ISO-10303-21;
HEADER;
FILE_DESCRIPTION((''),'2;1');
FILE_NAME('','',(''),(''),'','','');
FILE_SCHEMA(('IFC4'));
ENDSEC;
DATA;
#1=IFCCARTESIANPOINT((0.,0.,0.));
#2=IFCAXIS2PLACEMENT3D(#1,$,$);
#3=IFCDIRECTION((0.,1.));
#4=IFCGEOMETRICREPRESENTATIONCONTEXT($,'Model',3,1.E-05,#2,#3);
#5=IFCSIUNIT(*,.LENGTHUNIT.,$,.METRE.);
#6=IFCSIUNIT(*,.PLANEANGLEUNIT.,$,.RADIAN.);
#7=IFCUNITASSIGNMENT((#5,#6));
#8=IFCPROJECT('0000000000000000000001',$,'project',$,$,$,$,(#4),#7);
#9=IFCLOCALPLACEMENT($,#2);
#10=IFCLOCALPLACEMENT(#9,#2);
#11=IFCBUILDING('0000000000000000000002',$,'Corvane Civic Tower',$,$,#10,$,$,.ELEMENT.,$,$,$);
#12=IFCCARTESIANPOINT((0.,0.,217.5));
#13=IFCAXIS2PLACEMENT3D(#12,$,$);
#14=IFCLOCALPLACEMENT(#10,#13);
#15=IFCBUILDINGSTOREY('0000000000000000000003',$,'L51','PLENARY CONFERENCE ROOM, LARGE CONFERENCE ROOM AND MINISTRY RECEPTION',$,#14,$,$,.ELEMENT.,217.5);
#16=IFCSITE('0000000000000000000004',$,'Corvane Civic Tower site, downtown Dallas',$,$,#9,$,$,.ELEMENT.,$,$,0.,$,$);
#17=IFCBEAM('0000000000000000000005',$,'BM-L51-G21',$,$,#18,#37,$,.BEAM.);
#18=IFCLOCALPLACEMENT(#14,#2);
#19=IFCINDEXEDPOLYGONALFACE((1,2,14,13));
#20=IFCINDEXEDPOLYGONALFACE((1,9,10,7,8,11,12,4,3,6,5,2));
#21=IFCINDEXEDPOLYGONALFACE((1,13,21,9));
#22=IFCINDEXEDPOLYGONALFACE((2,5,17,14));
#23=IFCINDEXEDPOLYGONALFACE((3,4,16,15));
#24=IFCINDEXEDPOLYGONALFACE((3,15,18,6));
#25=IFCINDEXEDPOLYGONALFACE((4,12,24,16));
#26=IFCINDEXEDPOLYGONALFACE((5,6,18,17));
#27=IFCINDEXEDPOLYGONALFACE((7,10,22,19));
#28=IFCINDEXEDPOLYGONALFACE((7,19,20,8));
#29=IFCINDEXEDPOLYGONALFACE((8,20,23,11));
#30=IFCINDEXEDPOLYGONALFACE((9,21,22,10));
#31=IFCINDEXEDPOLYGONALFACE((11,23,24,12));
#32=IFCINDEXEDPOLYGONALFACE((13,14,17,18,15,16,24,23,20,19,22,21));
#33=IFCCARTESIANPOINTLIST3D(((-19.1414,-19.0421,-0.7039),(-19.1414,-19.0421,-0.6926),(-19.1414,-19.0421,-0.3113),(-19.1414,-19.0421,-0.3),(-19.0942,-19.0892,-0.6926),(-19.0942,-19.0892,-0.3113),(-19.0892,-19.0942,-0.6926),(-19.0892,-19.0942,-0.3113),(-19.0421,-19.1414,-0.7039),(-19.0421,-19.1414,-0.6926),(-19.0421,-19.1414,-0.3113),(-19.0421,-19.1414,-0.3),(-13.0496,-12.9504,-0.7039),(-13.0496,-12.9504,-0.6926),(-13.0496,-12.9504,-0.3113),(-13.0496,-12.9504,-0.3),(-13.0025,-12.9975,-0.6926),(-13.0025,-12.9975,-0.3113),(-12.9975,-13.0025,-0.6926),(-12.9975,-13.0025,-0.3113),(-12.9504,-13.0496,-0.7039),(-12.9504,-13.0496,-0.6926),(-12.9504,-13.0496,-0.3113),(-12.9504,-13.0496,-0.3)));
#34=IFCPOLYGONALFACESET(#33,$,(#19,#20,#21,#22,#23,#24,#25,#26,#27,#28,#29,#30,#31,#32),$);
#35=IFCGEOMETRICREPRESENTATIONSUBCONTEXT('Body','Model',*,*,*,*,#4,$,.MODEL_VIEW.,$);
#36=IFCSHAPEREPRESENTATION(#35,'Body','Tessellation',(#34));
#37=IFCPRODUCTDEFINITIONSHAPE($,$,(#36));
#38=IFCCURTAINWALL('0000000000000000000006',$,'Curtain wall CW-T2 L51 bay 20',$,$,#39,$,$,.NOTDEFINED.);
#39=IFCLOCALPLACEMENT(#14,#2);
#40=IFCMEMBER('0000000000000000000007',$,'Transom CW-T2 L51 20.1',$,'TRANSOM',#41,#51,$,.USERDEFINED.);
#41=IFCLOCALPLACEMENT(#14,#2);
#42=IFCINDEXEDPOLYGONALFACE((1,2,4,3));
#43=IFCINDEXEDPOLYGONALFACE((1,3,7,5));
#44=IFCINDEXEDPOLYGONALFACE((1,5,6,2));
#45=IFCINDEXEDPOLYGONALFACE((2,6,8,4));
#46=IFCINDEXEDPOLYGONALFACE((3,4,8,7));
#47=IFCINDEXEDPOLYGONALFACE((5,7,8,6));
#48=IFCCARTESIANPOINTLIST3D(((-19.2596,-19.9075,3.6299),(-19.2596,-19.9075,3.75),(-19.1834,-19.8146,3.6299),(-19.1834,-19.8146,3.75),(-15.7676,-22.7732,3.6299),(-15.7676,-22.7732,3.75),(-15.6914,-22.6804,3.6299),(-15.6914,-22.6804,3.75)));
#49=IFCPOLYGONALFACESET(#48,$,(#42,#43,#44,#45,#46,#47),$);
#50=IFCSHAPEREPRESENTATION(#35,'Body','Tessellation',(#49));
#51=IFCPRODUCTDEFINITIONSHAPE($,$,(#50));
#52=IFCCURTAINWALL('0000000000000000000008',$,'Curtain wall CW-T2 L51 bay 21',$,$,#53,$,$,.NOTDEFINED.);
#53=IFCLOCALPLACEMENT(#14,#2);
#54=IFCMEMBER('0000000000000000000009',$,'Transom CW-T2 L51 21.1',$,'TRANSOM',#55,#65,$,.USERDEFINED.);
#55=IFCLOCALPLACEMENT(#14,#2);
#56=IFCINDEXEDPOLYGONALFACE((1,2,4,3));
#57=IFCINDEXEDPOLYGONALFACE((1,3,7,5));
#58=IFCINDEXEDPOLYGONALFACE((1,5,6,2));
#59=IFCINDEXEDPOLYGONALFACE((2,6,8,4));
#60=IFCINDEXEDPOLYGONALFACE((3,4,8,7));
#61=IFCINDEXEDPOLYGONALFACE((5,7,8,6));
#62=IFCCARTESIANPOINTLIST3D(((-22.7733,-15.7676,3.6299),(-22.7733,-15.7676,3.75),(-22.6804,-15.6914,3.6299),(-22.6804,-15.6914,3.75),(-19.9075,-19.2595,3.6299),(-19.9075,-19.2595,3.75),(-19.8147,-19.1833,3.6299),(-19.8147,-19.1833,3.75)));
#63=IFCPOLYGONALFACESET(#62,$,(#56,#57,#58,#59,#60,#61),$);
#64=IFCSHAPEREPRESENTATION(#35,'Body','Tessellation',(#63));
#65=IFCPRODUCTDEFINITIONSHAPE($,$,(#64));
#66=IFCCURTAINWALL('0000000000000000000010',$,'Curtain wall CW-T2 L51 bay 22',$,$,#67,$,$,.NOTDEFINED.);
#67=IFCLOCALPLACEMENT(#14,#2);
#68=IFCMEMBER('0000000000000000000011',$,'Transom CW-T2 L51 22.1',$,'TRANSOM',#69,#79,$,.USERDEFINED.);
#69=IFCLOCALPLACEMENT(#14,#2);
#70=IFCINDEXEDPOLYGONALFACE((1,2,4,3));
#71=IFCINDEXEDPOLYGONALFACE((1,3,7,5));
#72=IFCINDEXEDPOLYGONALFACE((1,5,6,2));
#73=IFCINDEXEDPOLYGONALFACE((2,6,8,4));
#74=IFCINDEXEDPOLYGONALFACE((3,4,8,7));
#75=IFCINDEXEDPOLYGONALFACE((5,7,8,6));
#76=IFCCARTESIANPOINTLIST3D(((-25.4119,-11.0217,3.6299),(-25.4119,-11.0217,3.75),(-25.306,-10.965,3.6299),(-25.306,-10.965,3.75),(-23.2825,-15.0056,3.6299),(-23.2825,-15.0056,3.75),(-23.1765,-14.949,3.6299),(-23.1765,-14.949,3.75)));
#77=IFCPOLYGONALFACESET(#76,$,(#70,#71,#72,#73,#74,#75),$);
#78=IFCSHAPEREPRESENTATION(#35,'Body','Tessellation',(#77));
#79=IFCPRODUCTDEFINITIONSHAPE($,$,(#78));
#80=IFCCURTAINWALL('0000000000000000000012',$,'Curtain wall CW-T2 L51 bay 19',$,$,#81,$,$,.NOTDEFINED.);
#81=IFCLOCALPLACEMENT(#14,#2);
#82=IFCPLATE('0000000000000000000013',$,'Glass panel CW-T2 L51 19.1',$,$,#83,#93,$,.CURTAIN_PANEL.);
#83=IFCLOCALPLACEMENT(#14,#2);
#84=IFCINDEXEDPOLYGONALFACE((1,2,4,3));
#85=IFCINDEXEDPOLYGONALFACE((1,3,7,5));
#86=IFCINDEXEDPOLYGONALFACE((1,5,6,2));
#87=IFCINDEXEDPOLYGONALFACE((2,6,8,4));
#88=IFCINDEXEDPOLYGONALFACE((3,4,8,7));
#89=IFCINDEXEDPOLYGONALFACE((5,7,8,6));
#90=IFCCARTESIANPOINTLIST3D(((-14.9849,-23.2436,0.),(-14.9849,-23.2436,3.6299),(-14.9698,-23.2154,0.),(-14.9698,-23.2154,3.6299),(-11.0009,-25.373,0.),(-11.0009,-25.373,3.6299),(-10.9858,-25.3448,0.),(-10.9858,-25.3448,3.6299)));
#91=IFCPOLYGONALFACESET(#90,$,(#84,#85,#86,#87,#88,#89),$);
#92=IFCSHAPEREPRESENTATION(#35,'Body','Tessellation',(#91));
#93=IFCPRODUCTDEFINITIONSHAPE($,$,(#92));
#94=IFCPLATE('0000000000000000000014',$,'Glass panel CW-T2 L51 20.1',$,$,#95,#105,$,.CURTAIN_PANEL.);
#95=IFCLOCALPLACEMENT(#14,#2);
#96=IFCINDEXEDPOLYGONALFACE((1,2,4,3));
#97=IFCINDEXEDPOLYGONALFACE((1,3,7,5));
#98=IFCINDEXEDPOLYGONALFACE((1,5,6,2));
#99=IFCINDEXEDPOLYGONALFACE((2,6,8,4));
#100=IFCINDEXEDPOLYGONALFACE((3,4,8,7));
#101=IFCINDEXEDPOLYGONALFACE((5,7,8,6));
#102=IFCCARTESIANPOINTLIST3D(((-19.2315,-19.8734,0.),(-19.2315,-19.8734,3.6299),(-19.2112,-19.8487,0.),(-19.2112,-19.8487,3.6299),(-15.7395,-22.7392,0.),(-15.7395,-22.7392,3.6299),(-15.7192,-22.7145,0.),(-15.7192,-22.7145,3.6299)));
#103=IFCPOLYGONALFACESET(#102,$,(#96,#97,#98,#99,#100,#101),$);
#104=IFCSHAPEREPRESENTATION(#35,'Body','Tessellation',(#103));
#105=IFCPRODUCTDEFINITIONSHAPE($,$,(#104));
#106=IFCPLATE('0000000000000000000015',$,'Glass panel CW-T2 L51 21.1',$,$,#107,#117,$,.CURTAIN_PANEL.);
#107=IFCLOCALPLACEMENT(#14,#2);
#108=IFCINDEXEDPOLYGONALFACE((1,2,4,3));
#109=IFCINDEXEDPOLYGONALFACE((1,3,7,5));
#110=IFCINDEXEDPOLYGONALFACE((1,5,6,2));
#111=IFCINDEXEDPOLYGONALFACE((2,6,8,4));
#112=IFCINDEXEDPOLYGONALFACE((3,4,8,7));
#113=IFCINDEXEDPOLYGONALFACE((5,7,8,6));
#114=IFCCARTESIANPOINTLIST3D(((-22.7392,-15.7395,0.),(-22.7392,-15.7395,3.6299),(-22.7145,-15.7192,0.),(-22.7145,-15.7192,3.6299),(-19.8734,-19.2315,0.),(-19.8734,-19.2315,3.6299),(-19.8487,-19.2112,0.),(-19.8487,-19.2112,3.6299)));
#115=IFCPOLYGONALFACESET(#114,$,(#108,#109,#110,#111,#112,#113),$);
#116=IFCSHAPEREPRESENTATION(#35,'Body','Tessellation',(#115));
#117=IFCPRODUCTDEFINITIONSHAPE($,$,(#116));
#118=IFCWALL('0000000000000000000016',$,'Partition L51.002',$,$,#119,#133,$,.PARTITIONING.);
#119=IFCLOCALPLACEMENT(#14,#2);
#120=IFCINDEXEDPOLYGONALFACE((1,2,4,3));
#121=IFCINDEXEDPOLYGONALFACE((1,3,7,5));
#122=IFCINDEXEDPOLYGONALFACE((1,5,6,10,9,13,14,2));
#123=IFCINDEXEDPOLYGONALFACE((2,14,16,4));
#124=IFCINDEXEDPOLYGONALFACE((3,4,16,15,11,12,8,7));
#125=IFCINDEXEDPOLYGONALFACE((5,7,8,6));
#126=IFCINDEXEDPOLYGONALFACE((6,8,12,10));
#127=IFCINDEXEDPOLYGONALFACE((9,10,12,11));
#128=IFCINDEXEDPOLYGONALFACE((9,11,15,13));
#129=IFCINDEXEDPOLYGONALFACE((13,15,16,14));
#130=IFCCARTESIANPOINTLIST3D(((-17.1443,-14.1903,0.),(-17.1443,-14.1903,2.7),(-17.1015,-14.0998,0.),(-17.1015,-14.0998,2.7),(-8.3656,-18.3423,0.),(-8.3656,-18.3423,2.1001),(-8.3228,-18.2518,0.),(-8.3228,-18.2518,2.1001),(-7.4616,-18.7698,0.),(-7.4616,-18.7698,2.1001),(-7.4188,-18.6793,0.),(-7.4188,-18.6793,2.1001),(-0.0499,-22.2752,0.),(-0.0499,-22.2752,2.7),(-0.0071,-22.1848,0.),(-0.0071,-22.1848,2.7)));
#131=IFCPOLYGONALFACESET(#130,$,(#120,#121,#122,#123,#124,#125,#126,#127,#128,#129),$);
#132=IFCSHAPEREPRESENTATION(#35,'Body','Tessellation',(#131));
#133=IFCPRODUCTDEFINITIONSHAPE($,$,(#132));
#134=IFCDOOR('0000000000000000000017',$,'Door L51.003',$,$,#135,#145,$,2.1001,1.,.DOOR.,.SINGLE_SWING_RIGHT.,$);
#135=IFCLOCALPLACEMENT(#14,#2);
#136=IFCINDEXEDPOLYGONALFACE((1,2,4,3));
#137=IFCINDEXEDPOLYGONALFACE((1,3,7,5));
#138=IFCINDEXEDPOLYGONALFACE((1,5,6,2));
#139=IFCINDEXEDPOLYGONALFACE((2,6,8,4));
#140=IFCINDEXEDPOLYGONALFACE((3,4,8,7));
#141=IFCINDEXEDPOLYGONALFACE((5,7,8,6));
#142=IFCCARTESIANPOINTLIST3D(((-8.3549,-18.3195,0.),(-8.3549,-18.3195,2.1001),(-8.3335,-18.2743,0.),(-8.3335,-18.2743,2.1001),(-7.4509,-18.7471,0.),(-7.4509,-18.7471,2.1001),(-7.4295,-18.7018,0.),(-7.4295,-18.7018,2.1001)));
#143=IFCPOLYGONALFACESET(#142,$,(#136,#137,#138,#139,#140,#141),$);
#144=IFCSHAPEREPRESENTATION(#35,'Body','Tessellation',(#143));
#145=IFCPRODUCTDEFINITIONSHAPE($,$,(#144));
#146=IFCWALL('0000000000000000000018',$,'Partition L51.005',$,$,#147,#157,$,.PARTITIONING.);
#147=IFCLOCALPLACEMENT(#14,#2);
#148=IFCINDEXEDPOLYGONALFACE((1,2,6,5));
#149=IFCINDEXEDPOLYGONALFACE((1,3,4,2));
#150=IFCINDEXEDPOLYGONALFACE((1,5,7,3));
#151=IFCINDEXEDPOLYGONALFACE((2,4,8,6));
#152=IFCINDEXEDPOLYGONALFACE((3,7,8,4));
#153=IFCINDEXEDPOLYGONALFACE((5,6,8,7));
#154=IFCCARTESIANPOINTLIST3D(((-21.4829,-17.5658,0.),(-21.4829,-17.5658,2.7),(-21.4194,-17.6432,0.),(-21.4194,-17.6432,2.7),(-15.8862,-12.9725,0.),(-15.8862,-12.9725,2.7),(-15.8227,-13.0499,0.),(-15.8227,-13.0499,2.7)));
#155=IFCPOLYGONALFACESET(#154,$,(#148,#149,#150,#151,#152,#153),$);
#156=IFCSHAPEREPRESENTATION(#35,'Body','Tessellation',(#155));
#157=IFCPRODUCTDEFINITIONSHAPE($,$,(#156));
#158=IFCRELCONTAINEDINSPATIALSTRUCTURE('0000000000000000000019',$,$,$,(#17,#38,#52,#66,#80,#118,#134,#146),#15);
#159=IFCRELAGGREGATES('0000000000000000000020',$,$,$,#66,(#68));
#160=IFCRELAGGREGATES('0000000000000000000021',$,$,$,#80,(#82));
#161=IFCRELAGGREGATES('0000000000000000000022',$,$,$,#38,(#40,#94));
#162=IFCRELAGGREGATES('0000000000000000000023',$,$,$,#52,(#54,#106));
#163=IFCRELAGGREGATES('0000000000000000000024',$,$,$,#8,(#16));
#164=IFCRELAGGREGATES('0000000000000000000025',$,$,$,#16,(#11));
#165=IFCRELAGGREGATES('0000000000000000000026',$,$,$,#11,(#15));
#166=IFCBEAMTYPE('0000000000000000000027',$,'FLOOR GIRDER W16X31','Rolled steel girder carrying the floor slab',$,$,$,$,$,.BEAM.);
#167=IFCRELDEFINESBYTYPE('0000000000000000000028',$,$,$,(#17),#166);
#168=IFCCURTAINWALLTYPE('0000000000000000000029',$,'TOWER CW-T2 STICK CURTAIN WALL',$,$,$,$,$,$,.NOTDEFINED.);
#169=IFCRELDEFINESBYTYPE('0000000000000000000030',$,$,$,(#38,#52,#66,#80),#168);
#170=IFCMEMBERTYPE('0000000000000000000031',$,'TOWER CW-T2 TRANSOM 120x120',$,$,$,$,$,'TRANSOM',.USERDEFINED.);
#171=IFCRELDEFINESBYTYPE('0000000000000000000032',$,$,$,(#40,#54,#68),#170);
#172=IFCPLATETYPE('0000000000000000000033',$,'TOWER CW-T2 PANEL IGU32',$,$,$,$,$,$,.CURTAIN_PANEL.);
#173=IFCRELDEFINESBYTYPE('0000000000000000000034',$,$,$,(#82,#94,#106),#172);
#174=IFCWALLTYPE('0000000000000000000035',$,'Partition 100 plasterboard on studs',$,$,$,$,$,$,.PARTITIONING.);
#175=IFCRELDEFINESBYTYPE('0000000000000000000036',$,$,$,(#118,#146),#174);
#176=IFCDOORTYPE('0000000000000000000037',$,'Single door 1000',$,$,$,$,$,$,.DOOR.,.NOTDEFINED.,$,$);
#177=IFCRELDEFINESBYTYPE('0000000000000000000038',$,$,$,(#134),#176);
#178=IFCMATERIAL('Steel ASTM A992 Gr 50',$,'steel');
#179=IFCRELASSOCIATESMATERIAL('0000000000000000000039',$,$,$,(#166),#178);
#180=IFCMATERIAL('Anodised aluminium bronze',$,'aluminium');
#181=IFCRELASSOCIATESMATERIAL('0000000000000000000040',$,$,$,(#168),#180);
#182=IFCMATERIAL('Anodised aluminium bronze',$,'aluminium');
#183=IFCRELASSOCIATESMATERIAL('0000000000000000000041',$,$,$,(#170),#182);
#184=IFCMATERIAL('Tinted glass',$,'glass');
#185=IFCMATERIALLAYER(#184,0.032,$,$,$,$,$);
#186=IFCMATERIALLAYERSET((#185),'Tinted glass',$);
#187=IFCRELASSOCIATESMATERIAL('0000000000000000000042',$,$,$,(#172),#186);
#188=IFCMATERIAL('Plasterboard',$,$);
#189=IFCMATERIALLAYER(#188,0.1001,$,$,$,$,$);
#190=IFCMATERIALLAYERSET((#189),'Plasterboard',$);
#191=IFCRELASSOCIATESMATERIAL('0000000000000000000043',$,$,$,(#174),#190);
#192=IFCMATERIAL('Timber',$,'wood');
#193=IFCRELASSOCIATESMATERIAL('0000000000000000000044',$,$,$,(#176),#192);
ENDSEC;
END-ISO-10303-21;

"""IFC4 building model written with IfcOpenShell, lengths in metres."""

from ifc_helpers import new_model, si_unit, direction, frame, frame_2d, origin, origin_2d, place, context, subcontext, project, spatial, rectangle, i_section, extrude, material, layer, layer_set, material_profile, profile_set, type_object, element, fill, aggregate, save


model = new_model("IFC4")

# Units and contexts
model_context = context("Model", 3, precision=1e-05, world=origin(), true_north=direction((0.0, 1.0)))
body_context = subcontext(model_context, "Body", "Model", "MODEL_VIEW")
ifc_project = project(units=[si_unit("LENGTHUNIT", "METRE"), si_unit("PLANEANGLEUNIT", "RADIAN")], contexts=[model_context])

# Site, building, storey
site_placement = place(None, origin())
site = spatial("IfcSite", under=ifc_project, at=site_placement, Name="Corvane Civic Tower site, downtown Dallas", CompositionType="ELEMENT", RefElevation=0.0)
building_placement = place(site_placement, origin())
building = spatial("IfcBuilding", under=site, at=building_placement, Name="Corvane Civic Tower", CompositionType="ELEMENT")
storey_placement = place(building_placement, frame((0.0, 0.0, 217.5)))
storey = spatial("IfcBuildingStorey", under=building, at=storey_placement, Name="L51", Description="PLENARY CONFERENCE ROOM, LARGE CONFERENCE ROOM AND MINISTRY RECEPTION", CompositionType="ELEMENT", Elevation=217.5)

# Beam
ifc_material_1 = material(Name="Steel ASTM A992 Gr 50", Category="steel")
ifc_material_profile_1 = material_profile(ifc_material_1, i_section(OverallWidth=0.1404, OverallDepth=0.4038, WebThickness=0.0071, FlangeThickness=0.0112, at=origin_2d()), Name="W16X31")
ifc_profile_set_1 = profile_set([ifc_material_profile_1], Name="Steel ASTM A992 Gr 50")
beam_type_1 = type_object("IfcBeamType", Name="FLOOR GIRDER W16X31", Description="Rolled steel girder carrying the floor slab", PredefinedType="BEAM", material=ifc_profile_set_1)
beam_placement = place(storey_placement, frame((-13.0, -13.0, -0.502), z_axis=(-0.707107, -0.707107, 0.0), x_axis=(0.707107, -0.707107, 0.0)))
element("IfcBeam", 1, at=beam_placement, inside=storey, type_object=beam_type_1, Name="BM-L51-G21", PredefinedType="BEAM", context=body_context, shape_type="SweptSolid", body=[
    extrude(i_section(OverallWidth=0.1404, OverallDepth=0.4038, WebThickness=0.0071, FlangeThickness=0.0112, at=origin_2d()), origin(), (0.0, 0.0, 1.0), 8.615),
])

# Curtain walls, members
ifc_material_2 = material(Name="Anodised aluminium bronze", Category="aluminium")
curtain_wall_type = type_object("IfcCurtainWallType", Name="TOWER CW-T2 STICK CURTAIN WALL", PredefinedType="NOTDEFINED", material=ifc_material_2)
curtain_wall_1_placement = place(storey_placement, origin())
curtain_wall_1 = element("IfcCurtainWall", 2, at=curtain_wall_1_placement, inside=storey, type_object=curtain_wall_type, Name="Curtain wall CW-T2 L51 bay 20", PredefinedType="NOTDEFINED")
ifc_material_3 = material(Name="Anodised aluminium bronze", Category="aluminium")
ifc_material_profile_2 = material_profile(ifc_material_3, rectangle(XDim=0.1201, YDim=0.1201, at=origin_2d()), Name="TOWER CW-T2 TRANSOM 120x120")
ifc_profile_set_2 = profile_set([ifc_material_profile_2], Name="Anodised aluminium bronze")
member_type = type_object("IfcMemberType", Name="TOWER CW-T2 TRANSOM 120x120", ElementType="TRANSOM", PredefinedType="USERDEFINED", material=ifc_profile_set_2)
member_1_placement = place(storey_placement, frame((-15.7295, -22.7268, 3.6899), z_axis=(-0.773015, 0.634388, 0.0), x_axis=(-0.634388, -0.773015, 0.0)))
member_1 = element("IfcMember", 3, at=member_1_placement, type_object=member_type, Name="Transom CW-T2 L51 20.1", ObjectType="TRANSOM", PredefinedType="USERDEFINED", context=body_context, shape_type="SweptSolid", body=[
    extrude(rectangle(XDim=0.1201, YDim=0.1201, at=origin_2d()), origin(), (0.0, 0.0, 1.0), 4.5173),
])
curtain_wall_2_placement = place(storey_placement, origin())
curtain_wall_2 = element("IfcCurtainWall", 4, at=curtain_wall_2_placement, inside=storey, type_object=curtain_wall_type, Name="Curtain wall CW-T2 L51 bay 21", PredefinedType="NOTDEFINED")
member_2_placement = place(storey_placement, frame((-19.8611, -19.2214, 3.6899), z_axis=(-0.634388, 0.773015, 0.0), x_axis=(-0.773015, -0.634388, 0.0)))
member_2 = element("IfcMember", 5, at=member_2_placement, type_object=member_type, Name="Transom CW-T2 L51 21.1", ObjectType="TRANSOM", PredefinedType="USERDEFINED", context=body_context, shape_type="SweptSolid", body=[
    extrude(rectangle(XDim=0.1201, YDim=0.1201, at=origin_2d()), origin(), (0.0, 0.0, 1.0), 4.5173),
])
curtain_wall_3_placement = place(storey_placement, origin())
curtain_wall_3 = element("IfcCurtainWall", 6, at=curtain_wall_3_placement, inside=storey, type_object=curtain_wall_type, Name="Curtain wall CW-T2 L51 bay 22", PredefinedType="NOTDEFINED")
member_3_placement = place(storey_placement, frame((-23.2295, -14.9773, 3.6899), z_axis=(-0.47139, 0.881925, 0.0), x_axis=(-0.881925, -0.47139, 0.0)))
member_3 = element("IfcMember", 7, at=member_3_placement, type_object=member_type, Name="Transom CW-T2 L51 22.1", ObjectType="TRANSOM", PredefinedType="USERDEFINED", context=body_context, shape_type="SweptSolid", body=[
    extrude(rectangle(XDim=0.1201, YDim=0.1201, at=origin_2d()), origin(), (0.0, 0.0, 1.0), 4.5173),
])
aggregate(curtain_wall_3, [member_3])

# Curtain wall, plate
curtain_wall_4_placement = place(storey_placement, origin())
curtain_wall_4 = element("IfcCurtainWall", 8, at=curtain_wall_4_placement, inside=storey, type_object=curtain_wall_type, Name="Curtain wall CW-T2 L51 bay 19", PredefinedType="NOTDEFINED")
ifc_material_4 = material(Name="Tinted glass", Category="glass")
ifc_layer_1 = layer(ifc_material_4, 0.032)
ifc_layer_set_1 = layer_set([ifc_layer_1], Name="Tinted glass")
plate_type = type_object("IfcPlateType", Name="TOWER CW-T2 PANEL IGU32", PredefinedType="CURTAIN_PANEL", material=ifc_layer_set_1)
plate_1_placement = place(storey_placement, frame((-12.9854, -24.2942, 0.0), z_axis=(0.0, 0.0, 1.0), x_axis=(-0.88192, 0.471398, 0.0)))
plate_1 = element("IfcPlate", 9, at=plate_1_placement, type_object=plate_type, Name="Glass panel CW-T2 L51 19.1", PredefinedType="CURTAIN_PANEL", context=body_context, shape_type="SweptSolid", body=[
    extrude(rectangle(XDim=4.5173, YDim=0.032, at=origin_2d()), origin(), (0.0, 0.0, 1.0), 3.6299),
])
aggregate(curtain_wall_4, [plate_1])

# Plates
plate_2_placement = place(storey_placement, frame((-17.4753, -21.2939, 0.0), z_axis=(0.0, 0.0, 1.0), x_axis=(-0.773012, 0.634391, 0.0)))
plate_2 = element("IfcPlate", 10, at=plate_2_placement, type_object=plate_type, Name="Glass panel CW-T2 L51 20.1", PredefinedType="CURTAIN_PANEL", context=body_context, shape_type="SweptSolid", body=[
    extrude(rectangle(XDim=4.5173, YDim=0.032, at=origin_2d()), origin(), (0.0, 0.0, 1.0), 3.6299),
])
aggregate(curtain_wall_1, [member_1, plate_2])
plate_3_placement = place(storey_placement, frame((-21.2939, -17.4753, 0.0), z_axis=(0.0, 0.0, 1.0), x_axis=(-0.634391, 0.773012, 0.0)))
plate_3 = element("IfcPlate", 11, at=plate_3_placement, type_object=plate_type, Name="Glass panel CW-T2 L51 21.1", PredefinedType="CURTAIN_PANEL", context=body_context, shape_type="SweptSolid", body=[
    extrude(rectangle(XDim=4.5173, YDim=0.032, at=origin_2d()), origin(), (0.0, 0.0, 1.0), 3.6299),
])
aggregate(curtain_wall_2, [member_2, plate_3])

# Wall, opening, door
ifc_material_5 = material(Name="Plasterboard")
ifc_layer_2 = layer(ifc_material_5, 0.1001)
ifc_layer_set_2 = layer_set([ifc_layer_2], Name="Plasterboard")
wall_type_1 = type_object("IfcWallType", Name="Partition 100 plasterboard on studs", PredefinedType="PARTITIONING", material=ifc_layer_set_2)
wall_1_placement = place(storey_placement, frame((-17.123, -14.145, 0.0), z_axis=(0.0, 0.0, 1.0), x_axis=(0.903992, -0.42755, 0.0)))
wall_1 = element("IfcWall", 12, at=wall_1_placement, inside=storey, type_object=wall_type_1, Name="Partition L51.002", PredefinedType="PARTITIONING", context=body_context, shape_type="SweptSolid", body=[
    extrude(rectangle(XDim=18.9099, YDim=0.1001, at=frame_2d((9.4551, 0.0))), origin(), (0.0, 0.0, 1.0), 2.7),
])
opening_1_placement = place(wall_1_placement, frame((9.7112, 0.0, 0.0)))
opening_1 = element("IfcOpeningElement", 13, at=opening_1_placement, cuts=wall_1, PredefinedType="OPENING", context=body_context, shape_type="SweptSolid", body=[
    extrude(rectangle(XDim=1.0, YDim=2.1001, at=frame_2d((0.5, 1.05))), frame((0.0, 0.0601, 0.0), z_axis=(0.0, -1.0, 0.0), x_axis=(1.0, 0.0, 0.0)), (0.0, 0.0, 1.0), 0.1201),
])
ifc_material_6 = material(Name="Timber", Category="wood")
door_type_1 = type_object("IfcDoorType", Name="Single door 1000", OperationType="NOTDEFINED", PredefinedType="DOOR", material=ifc_material_6)
door_1_placement = place(opening_1_placement, frame((1.0, 0.0, 0.0), z_axis=(0.0, 0.0, 1.0), x_axis=(-1.0, 0.0, 0.0)))
door_1 = element("IfcDoor", 14, at=door_1_placement, inside=storey, type_object=door_type_1, Name="Door L51.003", OperationType="SINGLE_SWING_RIGHT", OverallHeight=2.1001, OverallWidth=1.0, PredefinedType="DOOR", context=body_context, shape_type="SweptSolid", body=[
    extrude(rectangle(XDim=1.0, YDim=2.1001, at=frame_2d((0.5, 1.05))), frame((0.0, 0.0249, 0.0), z_axis=(0.0, -1.0, 0.0), x_axis=(1.0, 0.0, 0.0)), (0.0, 0.0, 1.0), 0.05),
])
fill(opening_1, door_1)

# Wall
wall_2_placement = place(storey_placement, frame((-21.4512, -17.6045, 0.0), z_axis=(0.0, 0.0, 1.0), x_axis=(0.772998, 0.634409, 0.0)))
element("IfcWall", 15, at=wall_2_placement, inside=storey, type_object=wall_type_1, Name="Partition L51.005", PredefinedType="PARTITIONING", context=body_context, shape_type="SweptSolid", body=[
    extrude(rectangle(XDim=7.2402, YDim=0.1001, at=frame_2d((3.6201, 0.0))), origin(), (0.0, 0.0, 1.0), 2.7),
])

save(model, "model.ifc")
